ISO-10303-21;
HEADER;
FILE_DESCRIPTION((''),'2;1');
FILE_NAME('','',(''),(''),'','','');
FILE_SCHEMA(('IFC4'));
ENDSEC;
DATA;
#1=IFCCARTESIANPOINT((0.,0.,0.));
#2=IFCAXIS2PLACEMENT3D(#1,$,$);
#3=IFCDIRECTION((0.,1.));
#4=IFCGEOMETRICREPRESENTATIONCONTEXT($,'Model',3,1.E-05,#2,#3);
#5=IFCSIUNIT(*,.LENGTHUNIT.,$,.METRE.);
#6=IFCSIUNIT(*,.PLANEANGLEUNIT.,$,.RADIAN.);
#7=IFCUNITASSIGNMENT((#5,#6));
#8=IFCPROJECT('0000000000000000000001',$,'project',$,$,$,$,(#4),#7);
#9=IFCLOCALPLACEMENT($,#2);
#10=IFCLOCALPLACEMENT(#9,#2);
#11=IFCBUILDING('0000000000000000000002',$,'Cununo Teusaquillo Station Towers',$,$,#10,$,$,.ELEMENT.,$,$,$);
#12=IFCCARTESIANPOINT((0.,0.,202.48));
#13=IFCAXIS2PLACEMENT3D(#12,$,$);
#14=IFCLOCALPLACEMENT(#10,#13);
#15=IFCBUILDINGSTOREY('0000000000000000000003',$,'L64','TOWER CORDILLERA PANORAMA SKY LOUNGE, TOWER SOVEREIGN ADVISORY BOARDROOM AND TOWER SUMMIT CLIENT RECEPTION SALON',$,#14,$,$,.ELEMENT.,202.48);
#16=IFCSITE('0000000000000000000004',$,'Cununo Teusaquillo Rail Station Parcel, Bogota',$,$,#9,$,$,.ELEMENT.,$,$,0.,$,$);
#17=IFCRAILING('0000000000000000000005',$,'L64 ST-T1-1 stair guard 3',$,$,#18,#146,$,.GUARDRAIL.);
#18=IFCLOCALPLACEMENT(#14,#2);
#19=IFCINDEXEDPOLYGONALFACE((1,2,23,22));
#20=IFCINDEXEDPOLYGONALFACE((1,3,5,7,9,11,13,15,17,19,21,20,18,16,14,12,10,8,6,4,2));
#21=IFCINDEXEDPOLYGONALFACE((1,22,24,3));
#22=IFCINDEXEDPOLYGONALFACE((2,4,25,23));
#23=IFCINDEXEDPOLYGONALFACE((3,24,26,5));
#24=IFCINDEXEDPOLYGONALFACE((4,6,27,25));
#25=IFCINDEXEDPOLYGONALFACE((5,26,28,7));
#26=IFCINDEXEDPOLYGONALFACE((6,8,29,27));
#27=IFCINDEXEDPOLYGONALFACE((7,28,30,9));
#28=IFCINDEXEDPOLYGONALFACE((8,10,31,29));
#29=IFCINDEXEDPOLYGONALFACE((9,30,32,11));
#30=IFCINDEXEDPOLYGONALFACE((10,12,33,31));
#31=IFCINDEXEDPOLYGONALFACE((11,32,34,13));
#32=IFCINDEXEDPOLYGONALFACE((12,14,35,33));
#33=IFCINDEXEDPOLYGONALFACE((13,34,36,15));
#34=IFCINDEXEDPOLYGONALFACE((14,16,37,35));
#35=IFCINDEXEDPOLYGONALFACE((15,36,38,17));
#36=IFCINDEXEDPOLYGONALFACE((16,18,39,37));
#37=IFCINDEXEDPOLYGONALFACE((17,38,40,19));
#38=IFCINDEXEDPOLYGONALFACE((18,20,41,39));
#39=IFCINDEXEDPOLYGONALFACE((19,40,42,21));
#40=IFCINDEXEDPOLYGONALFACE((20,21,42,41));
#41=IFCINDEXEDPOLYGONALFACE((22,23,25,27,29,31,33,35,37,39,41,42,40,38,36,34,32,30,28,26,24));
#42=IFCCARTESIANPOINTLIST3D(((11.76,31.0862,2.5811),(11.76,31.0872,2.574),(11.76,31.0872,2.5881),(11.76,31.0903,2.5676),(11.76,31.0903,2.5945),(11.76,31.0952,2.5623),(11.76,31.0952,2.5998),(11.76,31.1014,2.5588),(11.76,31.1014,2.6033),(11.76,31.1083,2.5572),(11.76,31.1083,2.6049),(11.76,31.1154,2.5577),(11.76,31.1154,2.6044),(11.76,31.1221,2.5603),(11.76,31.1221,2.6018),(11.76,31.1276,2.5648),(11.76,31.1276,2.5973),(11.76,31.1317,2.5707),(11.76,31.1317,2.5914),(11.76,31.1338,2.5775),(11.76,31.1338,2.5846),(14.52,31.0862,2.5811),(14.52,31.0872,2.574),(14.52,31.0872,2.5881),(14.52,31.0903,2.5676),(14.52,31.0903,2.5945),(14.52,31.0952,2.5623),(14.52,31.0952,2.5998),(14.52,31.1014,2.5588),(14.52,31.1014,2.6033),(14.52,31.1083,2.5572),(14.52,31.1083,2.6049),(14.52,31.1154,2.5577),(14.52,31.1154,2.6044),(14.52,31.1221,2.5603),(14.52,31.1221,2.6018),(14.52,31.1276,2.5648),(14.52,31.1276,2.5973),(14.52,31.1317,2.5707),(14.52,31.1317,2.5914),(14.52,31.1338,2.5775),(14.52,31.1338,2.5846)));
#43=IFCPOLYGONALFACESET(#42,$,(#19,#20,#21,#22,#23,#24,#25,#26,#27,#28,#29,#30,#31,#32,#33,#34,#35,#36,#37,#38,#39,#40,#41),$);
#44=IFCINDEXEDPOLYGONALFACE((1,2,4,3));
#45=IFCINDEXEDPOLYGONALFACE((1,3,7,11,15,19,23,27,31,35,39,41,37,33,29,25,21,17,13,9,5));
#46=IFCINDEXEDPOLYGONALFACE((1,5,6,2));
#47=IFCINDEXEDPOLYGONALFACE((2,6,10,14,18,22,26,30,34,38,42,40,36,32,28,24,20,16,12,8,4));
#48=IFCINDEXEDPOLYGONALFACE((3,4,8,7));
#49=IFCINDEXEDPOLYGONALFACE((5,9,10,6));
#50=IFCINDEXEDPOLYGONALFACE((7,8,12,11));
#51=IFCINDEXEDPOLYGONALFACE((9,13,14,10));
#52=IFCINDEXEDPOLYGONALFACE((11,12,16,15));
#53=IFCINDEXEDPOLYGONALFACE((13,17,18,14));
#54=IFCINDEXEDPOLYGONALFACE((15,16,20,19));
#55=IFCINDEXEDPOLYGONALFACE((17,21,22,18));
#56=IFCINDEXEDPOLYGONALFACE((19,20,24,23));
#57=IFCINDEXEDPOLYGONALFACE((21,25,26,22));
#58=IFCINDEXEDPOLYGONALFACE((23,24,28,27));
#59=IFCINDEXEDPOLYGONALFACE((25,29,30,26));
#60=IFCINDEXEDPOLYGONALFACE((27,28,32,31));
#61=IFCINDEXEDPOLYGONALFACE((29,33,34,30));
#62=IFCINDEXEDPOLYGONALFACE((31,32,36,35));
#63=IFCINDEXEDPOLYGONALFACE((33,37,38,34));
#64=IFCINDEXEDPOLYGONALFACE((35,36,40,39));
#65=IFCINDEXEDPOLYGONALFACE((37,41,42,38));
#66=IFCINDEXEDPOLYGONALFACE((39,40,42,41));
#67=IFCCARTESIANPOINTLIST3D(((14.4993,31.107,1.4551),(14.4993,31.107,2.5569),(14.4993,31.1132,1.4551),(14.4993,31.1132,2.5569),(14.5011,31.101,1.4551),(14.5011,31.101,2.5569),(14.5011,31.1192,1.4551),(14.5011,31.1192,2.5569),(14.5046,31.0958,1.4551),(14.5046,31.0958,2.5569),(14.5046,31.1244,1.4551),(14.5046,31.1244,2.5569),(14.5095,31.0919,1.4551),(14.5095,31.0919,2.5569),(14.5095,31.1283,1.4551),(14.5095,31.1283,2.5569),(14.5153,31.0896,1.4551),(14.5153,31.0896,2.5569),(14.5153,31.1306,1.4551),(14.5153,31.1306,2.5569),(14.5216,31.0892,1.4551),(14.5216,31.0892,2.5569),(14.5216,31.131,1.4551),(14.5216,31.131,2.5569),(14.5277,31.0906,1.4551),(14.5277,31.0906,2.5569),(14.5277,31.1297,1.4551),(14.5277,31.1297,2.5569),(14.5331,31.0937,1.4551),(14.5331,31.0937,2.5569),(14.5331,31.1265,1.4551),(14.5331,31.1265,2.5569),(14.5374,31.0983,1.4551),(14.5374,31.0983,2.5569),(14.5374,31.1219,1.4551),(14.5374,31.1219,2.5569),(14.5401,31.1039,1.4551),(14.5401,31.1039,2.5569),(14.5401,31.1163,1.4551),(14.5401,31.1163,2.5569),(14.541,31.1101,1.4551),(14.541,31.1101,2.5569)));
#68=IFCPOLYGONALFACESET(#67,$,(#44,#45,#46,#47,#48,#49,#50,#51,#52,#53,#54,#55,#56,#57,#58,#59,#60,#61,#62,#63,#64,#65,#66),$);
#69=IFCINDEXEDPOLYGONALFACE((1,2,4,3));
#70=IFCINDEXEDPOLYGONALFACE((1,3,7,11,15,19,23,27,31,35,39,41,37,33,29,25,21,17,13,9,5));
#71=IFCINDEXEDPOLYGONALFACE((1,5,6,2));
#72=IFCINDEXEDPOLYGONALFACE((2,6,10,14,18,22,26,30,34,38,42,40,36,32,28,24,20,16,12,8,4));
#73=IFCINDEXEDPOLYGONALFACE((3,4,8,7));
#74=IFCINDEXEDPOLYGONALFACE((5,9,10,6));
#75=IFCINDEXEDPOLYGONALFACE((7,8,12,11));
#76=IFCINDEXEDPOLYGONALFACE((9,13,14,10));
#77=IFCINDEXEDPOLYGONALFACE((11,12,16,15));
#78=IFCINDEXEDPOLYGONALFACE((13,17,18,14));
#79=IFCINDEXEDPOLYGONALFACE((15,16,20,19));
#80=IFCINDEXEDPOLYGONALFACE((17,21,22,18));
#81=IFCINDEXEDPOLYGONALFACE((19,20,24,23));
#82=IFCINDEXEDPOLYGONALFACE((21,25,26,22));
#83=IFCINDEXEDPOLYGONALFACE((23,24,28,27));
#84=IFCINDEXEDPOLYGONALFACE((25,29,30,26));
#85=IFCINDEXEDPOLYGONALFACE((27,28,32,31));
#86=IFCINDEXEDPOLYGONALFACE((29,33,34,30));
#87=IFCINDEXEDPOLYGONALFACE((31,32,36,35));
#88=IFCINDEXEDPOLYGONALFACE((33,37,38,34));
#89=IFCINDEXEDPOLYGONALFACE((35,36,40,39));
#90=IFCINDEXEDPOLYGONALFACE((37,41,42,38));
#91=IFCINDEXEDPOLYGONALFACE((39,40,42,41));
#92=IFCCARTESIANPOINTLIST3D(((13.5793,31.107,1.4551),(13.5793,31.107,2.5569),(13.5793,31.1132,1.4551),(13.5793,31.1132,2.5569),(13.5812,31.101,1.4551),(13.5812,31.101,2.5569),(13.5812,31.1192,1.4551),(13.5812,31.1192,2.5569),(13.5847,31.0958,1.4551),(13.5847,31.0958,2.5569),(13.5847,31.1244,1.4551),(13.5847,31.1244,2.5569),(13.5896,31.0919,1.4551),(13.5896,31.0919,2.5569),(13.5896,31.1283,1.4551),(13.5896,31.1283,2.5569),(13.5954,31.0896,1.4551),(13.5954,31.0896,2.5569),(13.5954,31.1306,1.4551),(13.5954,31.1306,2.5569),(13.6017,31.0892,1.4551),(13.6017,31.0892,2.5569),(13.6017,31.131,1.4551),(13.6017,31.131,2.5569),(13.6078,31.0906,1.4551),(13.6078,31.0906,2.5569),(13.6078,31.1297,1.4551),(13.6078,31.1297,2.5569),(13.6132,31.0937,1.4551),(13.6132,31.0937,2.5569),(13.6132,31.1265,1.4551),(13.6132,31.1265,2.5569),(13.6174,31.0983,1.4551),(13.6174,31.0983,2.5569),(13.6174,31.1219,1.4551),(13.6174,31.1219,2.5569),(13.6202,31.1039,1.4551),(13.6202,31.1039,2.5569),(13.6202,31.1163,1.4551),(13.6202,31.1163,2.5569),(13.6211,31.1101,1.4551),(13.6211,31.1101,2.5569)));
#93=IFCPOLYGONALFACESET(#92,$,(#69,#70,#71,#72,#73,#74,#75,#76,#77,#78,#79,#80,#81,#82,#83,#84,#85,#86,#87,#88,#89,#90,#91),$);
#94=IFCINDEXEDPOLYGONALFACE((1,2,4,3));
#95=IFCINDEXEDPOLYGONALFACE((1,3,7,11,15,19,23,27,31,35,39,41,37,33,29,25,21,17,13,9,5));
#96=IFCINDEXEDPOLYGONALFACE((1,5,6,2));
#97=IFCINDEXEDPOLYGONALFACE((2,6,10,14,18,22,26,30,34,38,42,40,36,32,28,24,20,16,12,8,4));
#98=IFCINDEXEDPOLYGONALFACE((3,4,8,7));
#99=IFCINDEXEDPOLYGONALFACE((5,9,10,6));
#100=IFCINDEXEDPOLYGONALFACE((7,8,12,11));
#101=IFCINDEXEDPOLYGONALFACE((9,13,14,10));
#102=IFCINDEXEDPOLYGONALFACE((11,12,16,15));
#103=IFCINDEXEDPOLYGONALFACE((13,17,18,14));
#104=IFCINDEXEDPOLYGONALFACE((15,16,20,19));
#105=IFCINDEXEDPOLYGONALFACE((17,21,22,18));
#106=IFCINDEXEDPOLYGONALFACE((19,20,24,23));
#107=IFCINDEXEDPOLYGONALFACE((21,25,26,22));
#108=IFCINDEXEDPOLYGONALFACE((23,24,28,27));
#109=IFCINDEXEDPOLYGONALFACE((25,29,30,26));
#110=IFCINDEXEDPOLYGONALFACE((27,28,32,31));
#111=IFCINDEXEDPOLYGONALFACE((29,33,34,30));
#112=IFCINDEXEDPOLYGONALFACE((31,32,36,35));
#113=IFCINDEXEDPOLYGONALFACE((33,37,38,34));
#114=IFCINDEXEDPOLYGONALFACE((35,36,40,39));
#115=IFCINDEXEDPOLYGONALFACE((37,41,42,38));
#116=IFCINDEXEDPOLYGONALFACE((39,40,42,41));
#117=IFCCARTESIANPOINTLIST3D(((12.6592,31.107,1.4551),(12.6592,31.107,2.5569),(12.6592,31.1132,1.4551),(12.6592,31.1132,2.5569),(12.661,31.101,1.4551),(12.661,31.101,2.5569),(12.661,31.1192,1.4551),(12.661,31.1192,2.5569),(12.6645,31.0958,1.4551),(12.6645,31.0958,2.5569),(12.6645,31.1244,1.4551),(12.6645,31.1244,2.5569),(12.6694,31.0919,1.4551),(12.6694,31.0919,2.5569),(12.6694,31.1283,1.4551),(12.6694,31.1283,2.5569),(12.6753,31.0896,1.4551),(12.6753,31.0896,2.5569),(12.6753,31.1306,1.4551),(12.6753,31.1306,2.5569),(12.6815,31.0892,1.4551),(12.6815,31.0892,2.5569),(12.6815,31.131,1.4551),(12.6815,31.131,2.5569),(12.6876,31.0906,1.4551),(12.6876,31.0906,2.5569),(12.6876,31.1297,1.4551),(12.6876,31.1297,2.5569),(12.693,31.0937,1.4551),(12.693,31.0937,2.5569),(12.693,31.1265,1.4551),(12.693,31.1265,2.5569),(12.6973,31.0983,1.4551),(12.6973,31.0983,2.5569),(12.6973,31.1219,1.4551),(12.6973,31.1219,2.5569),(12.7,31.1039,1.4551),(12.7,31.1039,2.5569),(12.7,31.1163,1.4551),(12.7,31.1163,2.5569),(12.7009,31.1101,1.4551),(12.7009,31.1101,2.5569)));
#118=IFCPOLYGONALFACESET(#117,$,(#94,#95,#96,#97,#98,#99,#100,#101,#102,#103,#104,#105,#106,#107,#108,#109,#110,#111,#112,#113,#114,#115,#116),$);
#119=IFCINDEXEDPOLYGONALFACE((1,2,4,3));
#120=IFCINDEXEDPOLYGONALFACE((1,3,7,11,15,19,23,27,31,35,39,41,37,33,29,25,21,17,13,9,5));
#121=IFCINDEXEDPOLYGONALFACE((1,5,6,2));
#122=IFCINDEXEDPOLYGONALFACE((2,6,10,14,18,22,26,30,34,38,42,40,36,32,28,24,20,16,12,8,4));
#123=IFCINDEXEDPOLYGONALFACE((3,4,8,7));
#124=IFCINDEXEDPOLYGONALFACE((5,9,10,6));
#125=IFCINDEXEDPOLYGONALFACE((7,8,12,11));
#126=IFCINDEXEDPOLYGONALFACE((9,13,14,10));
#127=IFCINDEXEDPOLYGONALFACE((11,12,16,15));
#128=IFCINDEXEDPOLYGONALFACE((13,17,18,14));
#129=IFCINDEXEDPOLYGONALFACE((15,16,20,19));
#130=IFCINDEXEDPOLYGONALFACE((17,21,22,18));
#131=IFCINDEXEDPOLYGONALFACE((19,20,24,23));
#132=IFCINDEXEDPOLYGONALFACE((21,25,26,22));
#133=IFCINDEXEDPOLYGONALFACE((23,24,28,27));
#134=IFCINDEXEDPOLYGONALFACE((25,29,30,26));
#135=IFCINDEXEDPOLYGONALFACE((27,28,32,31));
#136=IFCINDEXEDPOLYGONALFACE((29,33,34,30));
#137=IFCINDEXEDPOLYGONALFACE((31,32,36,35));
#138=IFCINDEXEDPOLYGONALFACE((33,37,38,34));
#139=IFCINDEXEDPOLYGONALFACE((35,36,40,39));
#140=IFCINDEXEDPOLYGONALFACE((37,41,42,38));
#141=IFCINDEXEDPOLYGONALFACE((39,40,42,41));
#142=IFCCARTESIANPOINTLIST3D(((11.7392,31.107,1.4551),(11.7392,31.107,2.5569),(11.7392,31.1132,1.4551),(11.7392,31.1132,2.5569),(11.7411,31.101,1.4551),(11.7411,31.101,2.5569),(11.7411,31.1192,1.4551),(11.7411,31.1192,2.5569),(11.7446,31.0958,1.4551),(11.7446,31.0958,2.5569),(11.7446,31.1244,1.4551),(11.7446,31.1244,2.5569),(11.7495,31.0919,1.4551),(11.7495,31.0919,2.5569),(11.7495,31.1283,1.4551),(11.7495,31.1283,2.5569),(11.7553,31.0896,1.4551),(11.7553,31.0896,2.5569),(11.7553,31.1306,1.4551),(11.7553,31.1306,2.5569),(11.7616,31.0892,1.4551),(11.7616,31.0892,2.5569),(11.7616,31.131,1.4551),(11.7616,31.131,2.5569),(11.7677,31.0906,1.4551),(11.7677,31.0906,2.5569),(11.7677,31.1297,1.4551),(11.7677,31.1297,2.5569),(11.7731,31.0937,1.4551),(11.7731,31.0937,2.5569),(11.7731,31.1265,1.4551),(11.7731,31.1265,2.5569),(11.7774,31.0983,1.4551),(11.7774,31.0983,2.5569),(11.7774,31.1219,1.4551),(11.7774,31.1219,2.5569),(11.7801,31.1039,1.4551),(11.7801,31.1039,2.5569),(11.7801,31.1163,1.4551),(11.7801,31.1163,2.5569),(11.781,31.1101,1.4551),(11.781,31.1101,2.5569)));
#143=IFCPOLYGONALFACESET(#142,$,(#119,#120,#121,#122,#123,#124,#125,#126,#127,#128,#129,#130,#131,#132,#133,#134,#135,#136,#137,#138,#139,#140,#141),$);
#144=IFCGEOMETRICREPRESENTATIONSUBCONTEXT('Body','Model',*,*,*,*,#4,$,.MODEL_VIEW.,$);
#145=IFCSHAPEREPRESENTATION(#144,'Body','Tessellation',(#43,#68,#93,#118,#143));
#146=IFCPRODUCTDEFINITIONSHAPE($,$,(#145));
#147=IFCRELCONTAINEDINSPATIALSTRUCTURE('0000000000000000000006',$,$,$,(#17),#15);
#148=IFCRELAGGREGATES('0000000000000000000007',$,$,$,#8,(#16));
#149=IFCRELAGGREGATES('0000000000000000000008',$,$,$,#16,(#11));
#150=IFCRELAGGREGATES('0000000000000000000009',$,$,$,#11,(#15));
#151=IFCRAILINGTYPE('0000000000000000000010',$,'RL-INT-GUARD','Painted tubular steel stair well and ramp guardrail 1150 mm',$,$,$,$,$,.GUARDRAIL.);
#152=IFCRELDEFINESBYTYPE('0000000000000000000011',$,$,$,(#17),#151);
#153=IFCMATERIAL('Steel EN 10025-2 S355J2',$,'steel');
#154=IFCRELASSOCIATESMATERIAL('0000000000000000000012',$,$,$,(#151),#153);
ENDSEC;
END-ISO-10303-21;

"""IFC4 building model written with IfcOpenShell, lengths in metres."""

from ifc_helpers import new_model, si_unit, direction, frame, origin, origin_2d, place, context, subcontext, project, spatial, circle, extrude, material, type_object, element, save


model = new_model("IFC4")

# Units and contexts
model_context = context("Model", 3, precision=1e-05, world=origin(), true_north=direction((0.0, 1.0)))
body_context = subcontext(model_context, "Body", "Model", "MODEL_VIEW")
ifc_project = project(units=[si_unit("LENGTHUNIT", "METRE"), si_unit("PLANEANGLEUNIT", "RADIAN")], contexts=[model_context])

# Site, building, storey
site_placement = place(None, origin())
site = spatial("IfcSite", under=ifc_project, at=site_placement, Name="Cununo Teusaquillo Rail Station Parcel, Bogota", CompositionType="ELEMENT", RefElevation=0.0)
building_placement = place(site_placement, origin())
building = spatial("IfcBuilding", under=site, at=building_placement, Name="Cununo Teusaquillo Station Towers", CompositionType="ELEMENT")
storey_placement = place(building_placement, frame((0.0, 0.0, 202.48)))
storey = spatial("IfcBuildingStorey", under=building, at=storey_placement, Name="L64", Description="TOWER CORDILLERA PANORAMA SKY LOUNGE, TOWER SOVEREIGN ADVISORY BOARDROOM AND TOWER SUMMIT CLIENT RECEPTION SALON", CompositionType="ELEMENT", Elevation=202.48)

# Railing
ifc_material_1 = material(Name="Steel EN 10025-2 S355J2", Category="steel")
railing_type_1 = type_object("IfcRailingType", Name="RL-INT-GUARD", Description="Painted tubular steel stair well and ramp guardrail 1150 mm", PredefinedType="GUARDRAIL", material=ifc_material_1)
railing_1_placement = place(storey_placement, frame((14.52, 31.1101, 1.4551)))
element("IfcRailing", 1, at=railing_1_placement, inside=storey, type_object=railing_type_1, Name="L64 ST-T1-1 stair guard 3", PredefinedType="GUARDRAIL", context=body_context, shape_type="SweptSolid", body=[
    extrude(circle(Radius=0.0239, at=origin_2d()), frame((0.0, 0.0, 1.126), z_axis=(-1.0, 0.0, 0.0), x_axis=(0.0, -1.0, 0.0)), (0.0, 0.0, 1.0), 2.76),
    extrude(circle(Radius=0.021, at=origin_2d()), origin(), (0.0, 0.0, 1.0), 1.1018),
    extrude(circle(Radius=0.021, at=origin_2d()), frame((-0.9199, 0.0, 0.0)), (0.0, 0.0, 1.0), 1.1018),
    extrude(circle(Radius=0.021, at=origin_2d()), frame((-1.8401, 0.0, 0.0)), (0.0, 0.0, 1.0), 1.1018),
    extrude(circle(Radius=0.021, at=origin_2d()), frame((-2.76, 0.0, 0.0)), (0.0, 0.0, 1.0), 1.1018),
])

save(model, "model.ifc")
